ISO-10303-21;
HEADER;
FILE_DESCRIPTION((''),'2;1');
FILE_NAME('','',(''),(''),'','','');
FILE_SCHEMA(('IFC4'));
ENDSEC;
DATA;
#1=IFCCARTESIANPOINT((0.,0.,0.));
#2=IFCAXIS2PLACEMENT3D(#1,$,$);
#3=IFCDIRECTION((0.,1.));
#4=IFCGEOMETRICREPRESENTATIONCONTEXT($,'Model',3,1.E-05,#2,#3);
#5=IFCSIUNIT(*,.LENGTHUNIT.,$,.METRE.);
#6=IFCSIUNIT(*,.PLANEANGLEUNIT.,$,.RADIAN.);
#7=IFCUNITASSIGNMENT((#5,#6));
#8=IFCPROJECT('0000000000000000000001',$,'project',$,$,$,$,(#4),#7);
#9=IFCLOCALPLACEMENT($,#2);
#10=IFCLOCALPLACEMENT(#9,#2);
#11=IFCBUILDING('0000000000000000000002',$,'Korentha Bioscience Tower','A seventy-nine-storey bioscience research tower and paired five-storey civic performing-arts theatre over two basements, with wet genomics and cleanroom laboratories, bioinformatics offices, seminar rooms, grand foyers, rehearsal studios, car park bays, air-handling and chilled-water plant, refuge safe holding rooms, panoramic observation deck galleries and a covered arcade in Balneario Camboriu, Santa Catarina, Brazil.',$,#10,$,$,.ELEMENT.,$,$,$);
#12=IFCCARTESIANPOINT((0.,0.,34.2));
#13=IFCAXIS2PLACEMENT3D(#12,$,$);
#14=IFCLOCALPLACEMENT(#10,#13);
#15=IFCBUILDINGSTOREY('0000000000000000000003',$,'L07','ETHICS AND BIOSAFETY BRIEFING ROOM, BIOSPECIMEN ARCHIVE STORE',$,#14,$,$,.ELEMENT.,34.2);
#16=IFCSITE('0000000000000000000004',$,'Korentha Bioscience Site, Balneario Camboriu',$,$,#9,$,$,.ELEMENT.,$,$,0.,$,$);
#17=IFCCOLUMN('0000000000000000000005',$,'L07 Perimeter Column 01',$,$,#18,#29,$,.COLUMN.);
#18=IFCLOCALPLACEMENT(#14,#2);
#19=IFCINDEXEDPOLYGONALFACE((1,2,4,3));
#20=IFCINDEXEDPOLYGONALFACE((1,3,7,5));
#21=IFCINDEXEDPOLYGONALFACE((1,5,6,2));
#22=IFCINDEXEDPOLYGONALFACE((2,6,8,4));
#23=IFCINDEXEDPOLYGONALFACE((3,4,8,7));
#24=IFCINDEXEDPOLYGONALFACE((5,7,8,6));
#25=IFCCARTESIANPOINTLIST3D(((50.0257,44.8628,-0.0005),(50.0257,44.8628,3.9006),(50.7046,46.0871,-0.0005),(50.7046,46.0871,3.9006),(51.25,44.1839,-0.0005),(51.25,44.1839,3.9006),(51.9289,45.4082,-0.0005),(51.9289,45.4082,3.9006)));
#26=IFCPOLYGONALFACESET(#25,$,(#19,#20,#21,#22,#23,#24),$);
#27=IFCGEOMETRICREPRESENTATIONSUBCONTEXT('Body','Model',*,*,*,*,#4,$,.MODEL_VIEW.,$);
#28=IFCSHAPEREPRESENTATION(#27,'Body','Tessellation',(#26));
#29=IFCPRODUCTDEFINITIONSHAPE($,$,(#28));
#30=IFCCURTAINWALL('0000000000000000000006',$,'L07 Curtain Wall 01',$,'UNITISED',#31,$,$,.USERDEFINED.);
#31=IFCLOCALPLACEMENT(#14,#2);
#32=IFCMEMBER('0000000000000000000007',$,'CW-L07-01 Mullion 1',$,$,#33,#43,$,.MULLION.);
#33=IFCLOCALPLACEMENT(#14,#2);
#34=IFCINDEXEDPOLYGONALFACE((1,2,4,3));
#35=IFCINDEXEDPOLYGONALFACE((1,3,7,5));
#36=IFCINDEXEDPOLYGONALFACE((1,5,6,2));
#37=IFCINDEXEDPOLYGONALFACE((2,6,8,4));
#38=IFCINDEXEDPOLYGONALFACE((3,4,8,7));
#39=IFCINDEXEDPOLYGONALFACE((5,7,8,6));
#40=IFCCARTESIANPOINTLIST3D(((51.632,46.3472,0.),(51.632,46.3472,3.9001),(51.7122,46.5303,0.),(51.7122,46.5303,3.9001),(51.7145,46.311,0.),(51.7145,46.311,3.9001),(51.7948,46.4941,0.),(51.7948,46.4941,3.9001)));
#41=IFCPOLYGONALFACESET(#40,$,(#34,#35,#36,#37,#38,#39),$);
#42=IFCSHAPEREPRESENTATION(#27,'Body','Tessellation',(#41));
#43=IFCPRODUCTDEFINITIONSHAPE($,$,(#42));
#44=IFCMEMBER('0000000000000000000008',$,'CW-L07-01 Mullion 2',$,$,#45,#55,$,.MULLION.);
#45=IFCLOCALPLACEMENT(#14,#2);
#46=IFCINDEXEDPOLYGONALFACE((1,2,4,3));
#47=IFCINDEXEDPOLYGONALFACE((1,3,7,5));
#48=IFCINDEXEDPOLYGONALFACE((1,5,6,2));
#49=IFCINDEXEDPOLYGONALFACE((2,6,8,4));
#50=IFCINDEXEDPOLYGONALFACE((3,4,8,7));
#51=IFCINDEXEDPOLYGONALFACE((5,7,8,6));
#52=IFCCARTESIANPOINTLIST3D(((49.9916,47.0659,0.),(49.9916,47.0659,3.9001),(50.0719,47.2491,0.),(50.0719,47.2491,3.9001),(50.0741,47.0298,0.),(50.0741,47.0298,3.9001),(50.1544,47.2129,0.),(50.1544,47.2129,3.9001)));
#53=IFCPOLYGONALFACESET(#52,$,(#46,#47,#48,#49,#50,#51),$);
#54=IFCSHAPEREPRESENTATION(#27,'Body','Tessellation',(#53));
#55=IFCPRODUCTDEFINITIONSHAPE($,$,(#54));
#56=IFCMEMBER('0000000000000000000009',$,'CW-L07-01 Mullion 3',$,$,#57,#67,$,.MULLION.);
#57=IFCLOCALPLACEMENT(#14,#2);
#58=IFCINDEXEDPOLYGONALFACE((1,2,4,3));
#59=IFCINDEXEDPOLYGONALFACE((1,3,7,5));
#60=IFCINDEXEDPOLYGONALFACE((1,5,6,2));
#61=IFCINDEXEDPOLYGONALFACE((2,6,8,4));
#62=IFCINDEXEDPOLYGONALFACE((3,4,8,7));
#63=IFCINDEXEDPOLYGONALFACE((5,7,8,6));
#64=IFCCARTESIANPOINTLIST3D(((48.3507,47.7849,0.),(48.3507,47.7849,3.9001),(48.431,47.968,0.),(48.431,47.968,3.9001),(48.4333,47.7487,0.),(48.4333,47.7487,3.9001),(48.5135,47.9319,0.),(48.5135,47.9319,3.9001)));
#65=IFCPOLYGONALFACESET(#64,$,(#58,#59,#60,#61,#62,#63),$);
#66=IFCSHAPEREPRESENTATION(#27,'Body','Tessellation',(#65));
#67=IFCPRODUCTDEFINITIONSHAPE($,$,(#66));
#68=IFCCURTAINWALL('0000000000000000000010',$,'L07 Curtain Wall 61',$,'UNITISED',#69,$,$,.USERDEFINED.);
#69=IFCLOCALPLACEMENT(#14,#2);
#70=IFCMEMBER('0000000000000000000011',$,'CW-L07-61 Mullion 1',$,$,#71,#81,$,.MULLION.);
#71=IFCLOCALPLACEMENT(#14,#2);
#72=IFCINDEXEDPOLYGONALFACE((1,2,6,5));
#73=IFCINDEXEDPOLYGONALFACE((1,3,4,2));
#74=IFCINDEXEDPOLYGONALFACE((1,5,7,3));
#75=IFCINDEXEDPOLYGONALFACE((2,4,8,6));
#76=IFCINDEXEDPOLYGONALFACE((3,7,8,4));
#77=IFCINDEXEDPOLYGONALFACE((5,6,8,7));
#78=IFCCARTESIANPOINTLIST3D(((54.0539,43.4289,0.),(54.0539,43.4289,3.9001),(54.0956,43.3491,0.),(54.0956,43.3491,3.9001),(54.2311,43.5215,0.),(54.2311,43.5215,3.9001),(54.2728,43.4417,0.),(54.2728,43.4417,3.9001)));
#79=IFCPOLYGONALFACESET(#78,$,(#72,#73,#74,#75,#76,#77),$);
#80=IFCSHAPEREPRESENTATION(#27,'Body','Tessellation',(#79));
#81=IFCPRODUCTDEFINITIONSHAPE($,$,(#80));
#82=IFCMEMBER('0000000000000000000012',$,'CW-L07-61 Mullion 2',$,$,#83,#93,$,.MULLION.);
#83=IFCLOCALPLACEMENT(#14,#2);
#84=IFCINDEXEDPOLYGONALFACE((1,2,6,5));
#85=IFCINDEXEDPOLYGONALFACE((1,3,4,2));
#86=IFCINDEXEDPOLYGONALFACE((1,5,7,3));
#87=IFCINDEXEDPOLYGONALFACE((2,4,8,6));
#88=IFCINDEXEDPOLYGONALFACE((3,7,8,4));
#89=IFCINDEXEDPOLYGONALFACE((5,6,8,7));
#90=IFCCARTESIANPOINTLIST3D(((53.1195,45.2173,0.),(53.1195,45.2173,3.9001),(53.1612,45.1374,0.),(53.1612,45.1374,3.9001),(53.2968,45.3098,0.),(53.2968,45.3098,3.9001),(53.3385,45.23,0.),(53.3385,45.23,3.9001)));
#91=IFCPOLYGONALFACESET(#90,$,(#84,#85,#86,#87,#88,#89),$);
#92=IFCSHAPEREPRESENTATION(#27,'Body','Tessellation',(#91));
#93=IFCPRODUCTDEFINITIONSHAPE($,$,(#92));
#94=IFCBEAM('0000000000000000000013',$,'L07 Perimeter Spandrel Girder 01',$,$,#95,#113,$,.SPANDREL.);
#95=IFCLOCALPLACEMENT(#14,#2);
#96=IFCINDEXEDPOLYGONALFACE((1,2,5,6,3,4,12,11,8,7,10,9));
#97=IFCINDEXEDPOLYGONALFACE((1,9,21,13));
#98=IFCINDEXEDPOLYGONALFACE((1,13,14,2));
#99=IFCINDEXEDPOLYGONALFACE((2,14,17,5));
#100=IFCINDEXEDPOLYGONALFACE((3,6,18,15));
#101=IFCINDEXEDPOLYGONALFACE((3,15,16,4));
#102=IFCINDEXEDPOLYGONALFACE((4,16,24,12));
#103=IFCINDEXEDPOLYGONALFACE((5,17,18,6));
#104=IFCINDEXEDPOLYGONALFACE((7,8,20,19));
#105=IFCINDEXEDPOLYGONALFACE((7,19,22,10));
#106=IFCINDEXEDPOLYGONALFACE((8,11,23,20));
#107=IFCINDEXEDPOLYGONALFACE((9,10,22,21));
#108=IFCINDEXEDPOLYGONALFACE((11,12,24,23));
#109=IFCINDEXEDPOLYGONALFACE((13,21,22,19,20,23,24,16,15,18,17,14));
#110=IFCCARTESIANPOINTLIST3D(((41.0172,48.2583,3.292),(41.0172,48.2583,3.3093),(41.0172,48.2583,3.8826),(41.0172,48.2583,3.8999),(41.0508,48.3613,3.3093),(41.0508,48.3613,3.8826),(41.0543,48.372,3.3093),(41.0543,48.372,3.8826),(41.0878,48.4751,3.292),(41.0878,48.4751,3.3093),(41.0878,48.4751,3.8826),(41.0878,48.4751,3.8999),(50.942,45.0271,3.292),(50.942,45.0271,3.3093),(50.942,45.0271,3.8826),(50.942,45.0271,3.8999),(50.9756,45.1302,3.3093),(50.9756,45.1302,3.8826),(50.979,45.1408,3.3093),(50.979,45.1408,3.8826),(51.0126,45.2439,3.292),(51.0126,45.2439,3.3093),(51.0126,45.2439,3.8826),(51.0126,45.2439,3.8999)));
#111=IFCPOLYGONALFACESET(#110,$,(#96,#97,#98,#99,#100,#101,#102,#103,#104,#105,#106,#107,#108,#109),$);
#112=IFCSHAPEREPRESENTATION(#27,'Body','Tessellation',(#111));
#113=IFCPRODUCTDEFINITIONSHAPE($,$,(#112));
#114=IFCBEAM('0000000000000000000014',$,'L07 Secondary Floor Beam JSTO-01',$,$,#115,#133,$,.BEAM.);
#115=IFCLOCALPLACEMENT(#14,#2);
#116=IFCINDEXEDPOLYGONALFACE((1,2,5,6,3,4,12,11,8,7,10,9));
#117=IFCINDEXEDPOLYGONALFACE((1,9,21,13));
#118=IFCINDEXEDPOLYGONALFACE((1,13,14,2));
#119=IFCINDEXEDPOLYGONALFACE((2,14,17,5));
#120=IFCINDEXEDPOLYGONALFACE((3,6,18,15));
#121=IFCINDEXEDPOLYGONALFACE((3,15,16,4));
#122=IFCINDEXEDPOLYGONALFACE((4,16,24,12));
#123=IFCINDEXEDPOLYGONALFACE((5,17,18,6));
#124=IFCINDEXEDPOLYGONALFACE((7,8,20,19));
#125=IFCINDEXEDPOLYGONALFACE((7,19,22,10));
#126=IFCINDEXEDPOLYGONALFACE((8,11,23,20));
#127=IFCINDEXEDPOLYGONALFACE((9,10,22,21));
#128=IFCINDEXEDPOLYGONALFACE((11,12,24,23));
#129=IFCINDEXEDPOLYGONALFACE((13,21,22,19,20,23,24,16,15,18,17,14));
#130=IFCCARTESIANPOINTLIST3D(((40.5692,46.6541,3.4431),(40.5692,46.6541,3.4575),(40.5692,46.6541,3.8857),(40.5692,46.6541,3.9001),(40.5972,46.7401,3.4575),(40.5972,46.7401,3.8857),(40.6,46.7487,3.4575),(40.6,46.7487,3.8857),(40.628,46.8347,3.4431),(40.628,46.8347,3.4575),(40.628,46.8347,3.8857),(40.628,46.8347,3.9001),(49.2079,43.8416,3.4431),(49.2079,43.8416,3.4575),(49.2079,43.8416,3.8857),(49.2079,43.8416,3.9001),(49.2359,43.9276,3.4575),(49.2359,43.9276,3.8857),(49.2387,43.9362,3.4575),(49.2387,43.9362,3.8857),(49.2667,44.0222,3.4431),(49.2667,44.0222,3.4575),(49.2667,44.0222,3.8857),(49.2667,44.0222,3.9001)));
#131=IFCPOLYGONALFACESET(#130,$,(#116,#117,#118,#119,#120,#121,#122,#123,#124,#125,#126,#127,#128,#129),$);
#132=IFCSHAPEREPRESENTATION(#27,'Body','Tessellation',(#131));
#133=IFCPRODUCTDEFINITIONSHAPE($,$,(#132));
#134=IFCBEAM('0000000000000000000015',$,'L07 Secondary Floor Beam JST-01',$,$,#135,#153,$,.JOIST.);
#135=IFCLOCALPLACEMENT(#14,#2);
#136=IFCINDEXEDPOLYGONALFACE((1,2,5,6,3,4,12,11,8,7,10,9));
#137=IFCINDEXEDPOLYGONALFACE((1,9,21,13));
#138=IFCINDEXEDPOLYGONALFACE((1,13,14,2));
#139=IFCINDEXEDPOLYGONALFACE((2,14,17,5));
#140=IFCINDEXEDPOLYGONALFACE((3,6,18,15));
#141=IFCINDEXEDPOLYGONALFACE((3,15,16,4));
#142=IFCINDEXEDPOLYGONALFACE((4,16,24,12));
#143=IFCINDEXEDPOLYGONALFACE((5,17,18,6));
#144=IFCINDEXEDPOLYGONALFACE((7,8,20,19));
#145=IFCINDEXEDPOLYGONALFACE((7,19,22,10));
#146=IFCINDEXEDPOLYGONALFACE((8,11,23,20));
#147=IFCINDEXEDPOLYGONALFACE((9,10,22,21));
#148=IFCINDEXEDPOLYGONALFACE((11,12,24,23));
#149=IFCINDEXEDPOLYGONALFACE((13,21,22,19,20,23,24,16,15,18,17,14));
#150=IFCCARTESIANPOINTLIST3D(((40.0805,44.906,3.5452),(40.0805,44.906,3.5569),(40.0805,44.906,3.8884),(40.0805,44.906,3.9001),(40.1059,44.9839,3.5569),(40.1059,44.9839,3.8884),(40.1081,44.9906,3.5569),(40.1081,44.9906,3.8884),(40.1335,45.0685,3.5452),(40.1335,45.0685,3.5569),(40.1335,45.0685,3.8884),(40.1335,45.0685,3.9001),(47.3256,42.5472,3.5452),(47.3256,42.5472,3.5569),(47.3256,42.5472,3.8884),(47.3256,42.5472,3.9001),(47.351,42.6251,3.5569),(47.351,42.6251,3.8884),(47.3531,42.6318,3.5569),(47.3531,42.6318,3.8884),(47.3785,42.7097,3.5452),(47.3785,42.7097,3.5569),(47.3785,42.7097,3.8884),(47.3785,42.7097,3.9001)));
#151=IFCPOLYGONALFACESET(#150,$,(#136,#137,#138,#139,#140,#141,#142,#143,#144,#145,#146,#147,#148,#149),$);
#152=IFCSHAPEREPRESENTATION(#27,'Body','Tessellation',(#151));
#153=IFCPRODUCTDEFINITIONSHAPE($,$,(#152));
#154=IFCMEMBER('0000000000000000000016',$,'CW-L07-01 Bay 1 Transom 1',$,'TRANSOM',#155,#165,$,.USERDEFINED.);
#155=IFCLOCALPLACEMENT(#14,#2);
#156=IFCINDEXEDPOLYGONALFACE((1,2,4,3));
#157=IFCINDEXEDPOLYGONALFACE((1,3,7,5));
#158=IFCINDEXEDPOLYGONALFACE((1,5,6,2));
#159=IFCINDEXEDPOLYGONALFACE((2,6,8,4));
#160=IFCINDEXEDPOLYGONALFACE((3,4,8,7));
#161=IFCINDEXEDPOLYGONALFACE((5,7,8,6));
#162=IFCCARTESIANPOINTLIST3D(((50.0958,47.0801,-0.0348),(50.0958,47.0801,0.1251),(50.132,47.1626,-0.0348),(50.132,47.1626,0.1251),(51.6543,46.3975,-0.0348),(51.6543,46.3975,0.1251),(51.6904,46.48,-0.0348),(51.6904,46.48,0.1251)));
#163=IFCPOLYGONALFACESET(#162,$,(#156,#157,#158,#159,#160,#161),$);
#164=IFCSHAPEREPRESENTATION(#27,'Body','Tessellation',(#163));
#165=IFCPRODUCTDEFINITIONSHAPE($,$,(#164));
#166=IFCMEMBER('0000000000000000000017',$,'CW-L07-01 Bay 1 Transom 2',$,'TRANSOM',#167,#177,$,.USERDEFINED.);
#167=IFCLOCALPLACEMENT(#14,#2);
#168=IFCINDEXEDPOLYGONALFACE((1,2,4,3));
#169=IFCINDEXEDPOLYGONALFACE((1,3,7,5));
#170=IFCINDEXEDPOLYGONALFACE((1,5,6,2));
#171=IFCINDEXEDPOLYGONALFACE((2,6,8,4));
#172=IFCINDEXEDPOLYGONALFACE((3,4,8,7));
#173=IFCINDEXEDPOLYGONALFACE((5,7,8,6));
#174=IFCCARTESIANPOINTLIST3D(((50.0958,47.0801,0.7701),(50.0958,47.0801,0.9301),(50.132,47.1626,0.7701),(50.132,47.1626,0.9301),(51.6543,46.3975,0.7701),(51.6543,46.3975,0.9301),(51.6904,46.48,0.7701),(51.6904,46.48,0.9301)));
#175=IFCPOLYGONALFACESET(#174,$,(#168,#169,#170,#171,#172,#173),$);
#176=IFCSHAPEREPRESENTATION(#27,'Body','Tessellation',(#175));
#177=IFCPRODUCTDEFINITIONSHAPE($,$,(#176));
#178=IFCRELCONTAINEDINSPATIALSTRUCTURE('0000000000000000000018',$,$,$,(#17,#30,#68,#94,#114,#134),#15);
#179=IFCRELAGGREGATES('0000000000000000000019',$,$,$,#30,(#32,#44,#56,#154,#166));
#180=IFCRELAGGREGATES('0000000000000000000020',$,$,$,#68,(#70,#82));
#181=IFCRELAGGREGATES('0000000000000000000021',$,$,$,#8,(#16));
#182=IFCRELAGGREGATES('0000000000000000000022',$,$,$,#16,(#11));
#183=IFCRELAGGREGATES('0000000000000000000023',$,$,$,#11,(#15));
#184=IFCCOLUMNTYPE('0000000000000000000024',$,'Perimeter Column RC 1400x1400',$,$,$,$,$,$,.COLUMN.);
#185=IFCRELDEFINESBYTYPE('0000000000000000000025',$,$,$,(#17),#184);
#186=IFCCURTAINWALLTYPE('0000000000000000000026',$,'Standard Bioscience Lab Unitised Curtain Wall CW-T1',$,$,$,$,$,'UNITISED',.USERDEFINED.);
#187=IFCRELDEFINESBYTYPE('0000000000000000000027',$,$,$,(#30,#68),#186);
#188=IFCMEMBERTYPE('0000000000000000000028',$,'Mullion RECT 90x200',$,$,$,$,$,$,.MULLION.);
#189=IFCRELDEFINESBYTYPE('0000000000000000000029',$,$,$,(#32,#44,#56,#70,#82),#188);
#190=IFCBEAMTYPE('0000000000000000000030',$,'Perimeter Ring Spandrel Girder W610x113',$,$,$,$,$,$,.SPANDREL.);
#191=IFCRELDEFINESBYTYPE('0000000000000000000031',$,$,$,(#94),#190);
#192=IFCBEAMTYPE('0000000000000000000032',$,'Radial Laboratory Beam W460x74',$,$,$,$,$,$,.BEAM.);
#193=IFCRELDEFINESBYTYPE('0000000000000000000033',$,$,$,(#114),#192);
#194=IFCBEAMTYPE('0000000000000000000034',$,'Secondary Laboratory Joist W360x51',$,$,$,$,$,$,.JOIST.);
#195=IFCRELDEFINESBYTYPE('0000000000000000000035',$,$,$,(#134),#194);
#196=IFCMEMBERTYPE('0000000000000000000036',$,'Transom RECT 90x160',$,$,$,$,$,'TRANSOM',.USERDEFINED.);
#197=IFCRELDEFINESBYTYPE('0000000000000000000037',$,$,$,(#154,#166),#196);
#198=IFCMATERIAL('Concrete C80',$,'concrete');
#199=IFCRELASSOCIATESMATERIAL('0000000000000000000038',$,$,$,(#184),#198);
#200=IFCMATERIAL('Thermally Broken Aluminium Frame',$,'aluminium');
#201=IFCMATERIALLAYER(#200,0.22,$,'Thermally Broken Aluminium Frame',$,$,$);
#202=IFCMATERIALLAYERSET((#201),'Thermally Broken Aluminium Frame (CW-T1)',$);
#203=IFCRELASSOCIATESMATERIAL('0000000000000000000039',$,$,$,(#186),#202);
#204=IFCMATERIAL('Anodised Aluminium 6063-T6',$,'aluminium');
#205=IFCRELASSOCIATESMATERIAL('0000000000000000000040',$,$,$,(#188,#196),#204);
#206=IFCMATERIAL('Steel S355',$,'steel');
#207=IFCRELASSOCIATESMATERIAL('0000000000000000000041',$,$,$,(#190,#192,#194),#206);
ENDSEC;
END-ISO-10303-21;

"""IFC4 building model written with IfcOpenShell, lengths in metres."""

from ifc_helpers import new_model, si_unit, direction, frame, origin, origin_2d, place, context, subcontext, project, spatial, rectangle, i_section, extrude, material, layer, layer_set, material_profile, profile_set, type_object, element, aggregate, save


model = new_model("IFC4")

# Units and contexts
model_context = context("Model", 3, precision=1e-05, world=origin(), true_north=direction((0.0, 1.0)))
body_context = subcontext(model_context, "Body", "Model", "MODEL_VIEW")
ifc_project = project(units=[si_unit("LENGTHUNIT", "METRE"), si_unit("PLANEANGLEUNIT", "RADIAN")], contexts=[model_context])

# Site, building, storey
site_placement = place(None, origin())
site = spatial("IfcSite", under=ifc_project, at=site_placement, Name="Korentha Bioscience Site, Balneario Camboriu", CompositionType="ELEMENT", RefElevation=0.0)
building_placement = place(site_placement, origin())
building = spatial("IfcBuilding", under=site, at=building_placement, Name="Korentha Bioscience Tower", Description="A seventy-nine-storey bioscience research tower and paired five-storey civic performing-arts theatre over two basements, with wet genomics and cleanroom laboratories, bioinformatics offices, seminar rooms, grand foyers, rehearsal studios, car park bays, air-handling and chilled-water plant, refuge safe holding rooms, panoramic observation deck galleries and a covered arcade in Balneario Camboriu, Santa Catarina, Brazil.", CompositionType="ELEMENT")
storey_placement = place(building_placement, frame((0.0, 0.0, 34.2)))
storey = spatial("IfcBuildingStorey", under=building, at=storey_placement, Name="L07", Description="ETHICS AND BIOSAFETY BRIEFING ROOM, BIOSPECIMEN ARCHIVE STORE", CompositionType="ELEMENT", Elevation=34.2)

# Column
ifc_material_1 = material(Name="Concrete C80", Category="concrete")
ifc_material_profile_1 = material_profile(ifc_material_1, rectangle(XDim=1.3999, YDim=1.3999, at=origin_2d()), Name="Concrete C80")
ifc_profile_set_1 = profile_set([ifc_material_profile_1], Name="Concrete C80 (COL-P14)")
column_type = type_object("IfcColumnType", Name="Perimeter Column RC 1400x1400", PredefinedType="COLUMN", material=ifc_profile_set_1)
column_placement = place(storey_placement, frame((50.9773, 45.1355, -0.0005), z_axis=(0.0, 0.0, 1.0), x_axis=(-0.874535, 0.484962, 0.0)))
element("IfcColumn", 1, at=column_placement, inside=storey, type_object=column_type, Name="L07 Perimeter Column 01", PredefinedType="COLUMN", context=body_context, shape_type="SweptSolid", body=[
    extrude(rectangle(XDim=1.3999, YDim=1.3999, at=origin_2d()), origin(), (0.0, 0.0, 1.0), 3.9011),
])

# Curtain walls, members
ifc_material_2 = material(Name="Thermally Broken Aluminium Frame", Category="aluminium")
ifc_layer_1 = layer(ifc_material_2, 0.22, Name="Thermally Broken Aluminium Frame")
ifc_layer_set_1 = layer_set([ifc_layer_1], Name="Thermally Broken Aluminium Frame (CW-T1)")
curtain_wall_type = type_object("IfcCurtainWallType", Name="Standard Bioscience Lab Unitised Curtain Wall CW-T1", ElementType="UNITISED", PredefinedType="USERDEFINED", material=ifc_layer_set_1)
curtain_wall_1_placement = place(storey_placement, origin())
curtain_wall_1 = element("IfcCurtainWall", 2, at=curtain_wall_1_placement, inside=storey, type_object=curtain_wall_type, Name="L07 Curtain Wall 01", ObjectType="UNITISED", PredefinedType="USERDEFINED")
ifc_material_3 = material(Name="Anodised Aluminium 6063-T6", Category="aluminium")
ifc_material_profile_2 = material_profile(ifc_material_3, rectangle(XDim=0.0901, YDim=0.2, at=origin_2d()), Name="Anodised Aluminium 6063-T6")
ifc_profile_set_2 = profile_set([ifc_material_profile_2], Name="Anodised Aluminium 6063-T6 (CW-MUL)")
member_type_1 = type_object("IfcMemberType", Name="Mullion RECT 90x200", PredefinedType="MULLION", material=ifc_profile_set_2)
member_1_placement = place(storey_placement, frame((51.7134, 46.4207, 0.0), z_axis=(0.0, 0.0, 1.0), x_axis=(-0.915939, 0.401317, 0.0)))
member_1 = element("IfcMember", 3, at=member_1_placement, type_object=member_type_1, Name="CW-L07-01 Mullion 1", PredefinedType="MULLION", context=body_context, shape_type="SweptSolid", body=[
    extrude(rectangle(XDim=0.0901, YDim=0.2, at=origin_2d()), origin(), (0.0, 0.0, 1.0), 3.9001),
])
member_2_placement = place(storey_placement, frame((50.073, 47.1394, 0.0), z_axis=(0.0, 0.0, 1.0), x_axis=(-0.915939, 0.401317, 0.0)))
member_2 = element("IfcMember", 4, at=member_2_placement, type_object=member_type_1, Name="CW-L07-01 Mullion 2", PredefinedType="MULLION", context=body_context, shape_type="SweptSolid", body=[
    extrude(rectangle(XDim=0.0901, YDim=0.2, at=origin_2d()), origin(), (0.0, 0.0, 1.0), 3.9001),
])
member_3_placement = place(storey_placement, frame((48.4321, 47.8584, 0.0), z_axis=(0.0, 0.0, 1.0), x_axis=(-0.915939, 0.401317, 0.0)))
member_3 = element("IfcMember", 5, at=member_3_placement, type_object=member_type_1, Name="CW-L07-01 Mullion 3", PredefinedType="MULLION", context=body_context, shape_type="SweptSolid", body=[
    extrude(rectangle(XDim=0.0901, YDim=0.2, at=origin_2d()), origin(), (0.0, 0.0, 1.0), 3.9001),
])
curtain_wall_2_placement = place(storey_placement, origin())
curtain_wall_2 = element("IfcCurtainWall", 6, at=curtain_wall_2_placement, inside=storey, type_object=curtain_wall_type, Name="L07 Curtain Wall 61", ObjectType="UNITISED", PredefinedType="USERDEFINED")
member_4_placement = place(storey_placement, frame((54.1633, 43.4353, 0.0), z_axis=(0.0, 0.0, 1.0), x_axis=(-0.463009, 0.886354, 0.0)))
member_4 = element("IfcMember", 7, at=member_4_placement, type_object=member_type_1, Name="CW-L07-61 Mullion 1", PredefinedType="MULLION", context=body_context, shape_type="SweptSolid", body=[
    extrude(rectangle(XDim=0.0901, YDim=0.2, at=origin_2d()), origin(), (0.0, 0.0, 1.0), 3.9001),
])
member_5_placement = place(storey_placement, frame((53.229, 45.2236, 0.0), z_axis=(0.0, 0.0, 1.0), x_axis=(-0.463009, 0.886354, 0.0)))
member_5 = element("IfcMember", 8, at=member_5_placement, type_object=member_type_1, Name="CW-L07-61 Mullion 2", PredefinedType="MULLION", context=body_context, shape_type="SweptSolid", body=[
    extrude(rectangle(XDim=0.0901, YDim=0.2, at=origin_2d()), origin(), (0.0, 0.0, 1.0), 3.9001),
])

# Beams
ifc_material_4 = material(Name="Steel S355", Category="steel")
ifc_material_profile_3 = material_profile(ifc_material_4, i_section(OverallWidth=0.228, OverallDepth=0.6079, WebThickness=0.0112, FlangeThickness=0.0173, at=origin_2d()), Name="Steel S355")
ifc_profile_set_3 = profile_set([ifc_material_profile_3], Name="Steel S355 (SB-610)")
beam_type_1 = type_object("IfcBeamType", Name="Perimeter Ring Spandrel Girder W610x113", PredefinedType="SPANDREL", material=ifc_profile_set_3)
beam_1_placement = place(storey_placement, frame((50.9773, 45.1355, 3.5959), z_axis=(-0.950875, 0.309575, 0.0), x_axis=(-0.309575, -0.950875, 0.0)))
element("IfcBeam", 9, at=beam_1_placement, inside=storey, type_object=beam_type_1, Name="L07 Perimeter Spandrel Girder 01", PredefinedType="SPANDREL", context=body_context, shape_type="SweptSolid", body=[
    extrude(i_section(OverallWidth=0.228, OverallDepth=0.6079, WebThickness=0.0112, FlangeThickness=0.0173, at=origin_2d()), origin(), (0.0, 0.0, 1.0), 10.4375),
])
ifc_material_profile_4 = material_profile(ifc_material_4, i_section(OverallWidth=0.1899, OverallDepth=0.457, WebThickness=0.009, FlangeThickness=0.0144, at=origin_2d()), Name="Steel S355")
ifc_profile_set_4 = profile_set([ifc_material_profile_4], Name="Steel S355 (RB-460)")
beam_type_2 = type_object("IfcBeamType", Name="Radial Laboratory Beam W460x74", PredefinedType="BEAM", material=ifc_profile_set_4)
beam_2_placement = place(storey_placement, frame((49.2373, 43.9319, 3.6716), z_axis=(-0.950874, 0.309577, 0.0), x_axis=(-0.309577, -0.950874, 0.0)))
element("IfcBeam", 10, at=beam_2_placement, inside=storey, type_object=beam_type_2, Name="L07 Secondary Floor Beam JSTO-01", PredefinedType="BEAM", context=body_context, shape_type="SweptSolid", body=[
    extrude(i_section(OverallWidth=0.1899, OverallDepth=0.457, WebThickness=0.009, FlangeThickness=0.0144, at=origin_2d()), origin(), (0.0, 0.0, 1.0), 9.085),
])
ifc_material_profile_5 = material_profile(ifc_material_4, i_section(OverallWidth=0.1709, OverallDepth=0.355, WebThickness=0.0071, FlangeThickness=0.0117, at=origin_2d()), Name="Steel S355")
ifc_profile_set_5 = profile_set([ifc_material_profile_5], Name="Steel S355 (JB-360)")
beam_type_3 = type_object("IfcBeamType", Name="Secondary Laboratory Joist W360x51", PredefinedType="JOIST", material=ifc_profile_set_5)
beam_3_placement = place(storey_placement, frame((47.3521, 42.6284, 3.7227), z_axis=(-0.950871, 0.309587, 0.0), x_axis=(-0.309587, -0.950871, 0.0)))
element("IfcBeam", 11, at=beam_3_placement, inside=storey, type_object=beam_type_3, Name="L07 Secondary Floor Beam JST-01", PredefinedType="JOIST", context=body_context, shape_type="SweptSolid", body=[
    extrude(i_section(OverallWidth=0.1709, OverallDepth=0.355, WebThickness=0.0071, FlangeThickness=0.0117, at=origin_2d()), origin(), (0.0, 0.0, 1.0), 7.6194),
])

# Members
ifc_material_profile_6 = material_profile(ifc_material_3, rectangle(XDim=0.0901, YDim=0.1599, at=origin_2d()), Name="Anodised Aluminium 6063-T6")
ifc_profile_set_6 = profile_set([ifc_material_profile_6], Name="Anodised Aluminium 6063-T6 (CW-TRN)")
member_type_2 = type_object("IfcMemberType", Name="Transom RECT 90x160", ElementType="TRANSOM", PredefinedType="USERDEFINED", material=ifc_profile_set_6)
member_6_placement = place(storey_placement, frame((51.6724, 46.4387, 0.0452), z_axis=(-0.915976, 0.401233, 0.0), x_axis=(-0.401233, -0.915976, 0.0)))
member_6 = element("IfcMember", 12, at=member_6_placement, type_object=member_type_2, Name="CW-L07-01 Bay 1 Transom 1", ObjectType="TRANSOM", PredefinedType="USERDEFINED", context=body_context, shape_type="SweptSolid", body=[
    extrude(rectangle(XDim=0.0901, YDim=0.1599, at=origin_2d()), origin(), (0.0, 0.0, 1.0), 1.7014),
])
member_7_placement = place(storey_placement, frame((51.6724, 46.4387, 0.8501), z_axis=(-0.915976, 0.401233, 0.0), x_axis=(-0.401233, -0.915976, 0.0)))
member_7 = element("IfcMember", 13, at=member_7_placement, type_object=member_type_2, Name="CW-L07-01 Bay 1 Transom 2", ObjectType="TRANSOM", PredefinedType="USERDEFINED", context=body_context, shape_type="SweptSolid", body=[
    extrude(rectangle(XDim=0.0901, YDim=0.1599, at=origin_2d()), origin(), (0.0, 0.0, 1.0), 1.7014),
])

aggregate(curtain_wall_1, [member_1, member_2, member_3, member_6, member_7])
aggregate(curtain_wall_2, [member_4, member_5])

save(model, "model.ifc")
